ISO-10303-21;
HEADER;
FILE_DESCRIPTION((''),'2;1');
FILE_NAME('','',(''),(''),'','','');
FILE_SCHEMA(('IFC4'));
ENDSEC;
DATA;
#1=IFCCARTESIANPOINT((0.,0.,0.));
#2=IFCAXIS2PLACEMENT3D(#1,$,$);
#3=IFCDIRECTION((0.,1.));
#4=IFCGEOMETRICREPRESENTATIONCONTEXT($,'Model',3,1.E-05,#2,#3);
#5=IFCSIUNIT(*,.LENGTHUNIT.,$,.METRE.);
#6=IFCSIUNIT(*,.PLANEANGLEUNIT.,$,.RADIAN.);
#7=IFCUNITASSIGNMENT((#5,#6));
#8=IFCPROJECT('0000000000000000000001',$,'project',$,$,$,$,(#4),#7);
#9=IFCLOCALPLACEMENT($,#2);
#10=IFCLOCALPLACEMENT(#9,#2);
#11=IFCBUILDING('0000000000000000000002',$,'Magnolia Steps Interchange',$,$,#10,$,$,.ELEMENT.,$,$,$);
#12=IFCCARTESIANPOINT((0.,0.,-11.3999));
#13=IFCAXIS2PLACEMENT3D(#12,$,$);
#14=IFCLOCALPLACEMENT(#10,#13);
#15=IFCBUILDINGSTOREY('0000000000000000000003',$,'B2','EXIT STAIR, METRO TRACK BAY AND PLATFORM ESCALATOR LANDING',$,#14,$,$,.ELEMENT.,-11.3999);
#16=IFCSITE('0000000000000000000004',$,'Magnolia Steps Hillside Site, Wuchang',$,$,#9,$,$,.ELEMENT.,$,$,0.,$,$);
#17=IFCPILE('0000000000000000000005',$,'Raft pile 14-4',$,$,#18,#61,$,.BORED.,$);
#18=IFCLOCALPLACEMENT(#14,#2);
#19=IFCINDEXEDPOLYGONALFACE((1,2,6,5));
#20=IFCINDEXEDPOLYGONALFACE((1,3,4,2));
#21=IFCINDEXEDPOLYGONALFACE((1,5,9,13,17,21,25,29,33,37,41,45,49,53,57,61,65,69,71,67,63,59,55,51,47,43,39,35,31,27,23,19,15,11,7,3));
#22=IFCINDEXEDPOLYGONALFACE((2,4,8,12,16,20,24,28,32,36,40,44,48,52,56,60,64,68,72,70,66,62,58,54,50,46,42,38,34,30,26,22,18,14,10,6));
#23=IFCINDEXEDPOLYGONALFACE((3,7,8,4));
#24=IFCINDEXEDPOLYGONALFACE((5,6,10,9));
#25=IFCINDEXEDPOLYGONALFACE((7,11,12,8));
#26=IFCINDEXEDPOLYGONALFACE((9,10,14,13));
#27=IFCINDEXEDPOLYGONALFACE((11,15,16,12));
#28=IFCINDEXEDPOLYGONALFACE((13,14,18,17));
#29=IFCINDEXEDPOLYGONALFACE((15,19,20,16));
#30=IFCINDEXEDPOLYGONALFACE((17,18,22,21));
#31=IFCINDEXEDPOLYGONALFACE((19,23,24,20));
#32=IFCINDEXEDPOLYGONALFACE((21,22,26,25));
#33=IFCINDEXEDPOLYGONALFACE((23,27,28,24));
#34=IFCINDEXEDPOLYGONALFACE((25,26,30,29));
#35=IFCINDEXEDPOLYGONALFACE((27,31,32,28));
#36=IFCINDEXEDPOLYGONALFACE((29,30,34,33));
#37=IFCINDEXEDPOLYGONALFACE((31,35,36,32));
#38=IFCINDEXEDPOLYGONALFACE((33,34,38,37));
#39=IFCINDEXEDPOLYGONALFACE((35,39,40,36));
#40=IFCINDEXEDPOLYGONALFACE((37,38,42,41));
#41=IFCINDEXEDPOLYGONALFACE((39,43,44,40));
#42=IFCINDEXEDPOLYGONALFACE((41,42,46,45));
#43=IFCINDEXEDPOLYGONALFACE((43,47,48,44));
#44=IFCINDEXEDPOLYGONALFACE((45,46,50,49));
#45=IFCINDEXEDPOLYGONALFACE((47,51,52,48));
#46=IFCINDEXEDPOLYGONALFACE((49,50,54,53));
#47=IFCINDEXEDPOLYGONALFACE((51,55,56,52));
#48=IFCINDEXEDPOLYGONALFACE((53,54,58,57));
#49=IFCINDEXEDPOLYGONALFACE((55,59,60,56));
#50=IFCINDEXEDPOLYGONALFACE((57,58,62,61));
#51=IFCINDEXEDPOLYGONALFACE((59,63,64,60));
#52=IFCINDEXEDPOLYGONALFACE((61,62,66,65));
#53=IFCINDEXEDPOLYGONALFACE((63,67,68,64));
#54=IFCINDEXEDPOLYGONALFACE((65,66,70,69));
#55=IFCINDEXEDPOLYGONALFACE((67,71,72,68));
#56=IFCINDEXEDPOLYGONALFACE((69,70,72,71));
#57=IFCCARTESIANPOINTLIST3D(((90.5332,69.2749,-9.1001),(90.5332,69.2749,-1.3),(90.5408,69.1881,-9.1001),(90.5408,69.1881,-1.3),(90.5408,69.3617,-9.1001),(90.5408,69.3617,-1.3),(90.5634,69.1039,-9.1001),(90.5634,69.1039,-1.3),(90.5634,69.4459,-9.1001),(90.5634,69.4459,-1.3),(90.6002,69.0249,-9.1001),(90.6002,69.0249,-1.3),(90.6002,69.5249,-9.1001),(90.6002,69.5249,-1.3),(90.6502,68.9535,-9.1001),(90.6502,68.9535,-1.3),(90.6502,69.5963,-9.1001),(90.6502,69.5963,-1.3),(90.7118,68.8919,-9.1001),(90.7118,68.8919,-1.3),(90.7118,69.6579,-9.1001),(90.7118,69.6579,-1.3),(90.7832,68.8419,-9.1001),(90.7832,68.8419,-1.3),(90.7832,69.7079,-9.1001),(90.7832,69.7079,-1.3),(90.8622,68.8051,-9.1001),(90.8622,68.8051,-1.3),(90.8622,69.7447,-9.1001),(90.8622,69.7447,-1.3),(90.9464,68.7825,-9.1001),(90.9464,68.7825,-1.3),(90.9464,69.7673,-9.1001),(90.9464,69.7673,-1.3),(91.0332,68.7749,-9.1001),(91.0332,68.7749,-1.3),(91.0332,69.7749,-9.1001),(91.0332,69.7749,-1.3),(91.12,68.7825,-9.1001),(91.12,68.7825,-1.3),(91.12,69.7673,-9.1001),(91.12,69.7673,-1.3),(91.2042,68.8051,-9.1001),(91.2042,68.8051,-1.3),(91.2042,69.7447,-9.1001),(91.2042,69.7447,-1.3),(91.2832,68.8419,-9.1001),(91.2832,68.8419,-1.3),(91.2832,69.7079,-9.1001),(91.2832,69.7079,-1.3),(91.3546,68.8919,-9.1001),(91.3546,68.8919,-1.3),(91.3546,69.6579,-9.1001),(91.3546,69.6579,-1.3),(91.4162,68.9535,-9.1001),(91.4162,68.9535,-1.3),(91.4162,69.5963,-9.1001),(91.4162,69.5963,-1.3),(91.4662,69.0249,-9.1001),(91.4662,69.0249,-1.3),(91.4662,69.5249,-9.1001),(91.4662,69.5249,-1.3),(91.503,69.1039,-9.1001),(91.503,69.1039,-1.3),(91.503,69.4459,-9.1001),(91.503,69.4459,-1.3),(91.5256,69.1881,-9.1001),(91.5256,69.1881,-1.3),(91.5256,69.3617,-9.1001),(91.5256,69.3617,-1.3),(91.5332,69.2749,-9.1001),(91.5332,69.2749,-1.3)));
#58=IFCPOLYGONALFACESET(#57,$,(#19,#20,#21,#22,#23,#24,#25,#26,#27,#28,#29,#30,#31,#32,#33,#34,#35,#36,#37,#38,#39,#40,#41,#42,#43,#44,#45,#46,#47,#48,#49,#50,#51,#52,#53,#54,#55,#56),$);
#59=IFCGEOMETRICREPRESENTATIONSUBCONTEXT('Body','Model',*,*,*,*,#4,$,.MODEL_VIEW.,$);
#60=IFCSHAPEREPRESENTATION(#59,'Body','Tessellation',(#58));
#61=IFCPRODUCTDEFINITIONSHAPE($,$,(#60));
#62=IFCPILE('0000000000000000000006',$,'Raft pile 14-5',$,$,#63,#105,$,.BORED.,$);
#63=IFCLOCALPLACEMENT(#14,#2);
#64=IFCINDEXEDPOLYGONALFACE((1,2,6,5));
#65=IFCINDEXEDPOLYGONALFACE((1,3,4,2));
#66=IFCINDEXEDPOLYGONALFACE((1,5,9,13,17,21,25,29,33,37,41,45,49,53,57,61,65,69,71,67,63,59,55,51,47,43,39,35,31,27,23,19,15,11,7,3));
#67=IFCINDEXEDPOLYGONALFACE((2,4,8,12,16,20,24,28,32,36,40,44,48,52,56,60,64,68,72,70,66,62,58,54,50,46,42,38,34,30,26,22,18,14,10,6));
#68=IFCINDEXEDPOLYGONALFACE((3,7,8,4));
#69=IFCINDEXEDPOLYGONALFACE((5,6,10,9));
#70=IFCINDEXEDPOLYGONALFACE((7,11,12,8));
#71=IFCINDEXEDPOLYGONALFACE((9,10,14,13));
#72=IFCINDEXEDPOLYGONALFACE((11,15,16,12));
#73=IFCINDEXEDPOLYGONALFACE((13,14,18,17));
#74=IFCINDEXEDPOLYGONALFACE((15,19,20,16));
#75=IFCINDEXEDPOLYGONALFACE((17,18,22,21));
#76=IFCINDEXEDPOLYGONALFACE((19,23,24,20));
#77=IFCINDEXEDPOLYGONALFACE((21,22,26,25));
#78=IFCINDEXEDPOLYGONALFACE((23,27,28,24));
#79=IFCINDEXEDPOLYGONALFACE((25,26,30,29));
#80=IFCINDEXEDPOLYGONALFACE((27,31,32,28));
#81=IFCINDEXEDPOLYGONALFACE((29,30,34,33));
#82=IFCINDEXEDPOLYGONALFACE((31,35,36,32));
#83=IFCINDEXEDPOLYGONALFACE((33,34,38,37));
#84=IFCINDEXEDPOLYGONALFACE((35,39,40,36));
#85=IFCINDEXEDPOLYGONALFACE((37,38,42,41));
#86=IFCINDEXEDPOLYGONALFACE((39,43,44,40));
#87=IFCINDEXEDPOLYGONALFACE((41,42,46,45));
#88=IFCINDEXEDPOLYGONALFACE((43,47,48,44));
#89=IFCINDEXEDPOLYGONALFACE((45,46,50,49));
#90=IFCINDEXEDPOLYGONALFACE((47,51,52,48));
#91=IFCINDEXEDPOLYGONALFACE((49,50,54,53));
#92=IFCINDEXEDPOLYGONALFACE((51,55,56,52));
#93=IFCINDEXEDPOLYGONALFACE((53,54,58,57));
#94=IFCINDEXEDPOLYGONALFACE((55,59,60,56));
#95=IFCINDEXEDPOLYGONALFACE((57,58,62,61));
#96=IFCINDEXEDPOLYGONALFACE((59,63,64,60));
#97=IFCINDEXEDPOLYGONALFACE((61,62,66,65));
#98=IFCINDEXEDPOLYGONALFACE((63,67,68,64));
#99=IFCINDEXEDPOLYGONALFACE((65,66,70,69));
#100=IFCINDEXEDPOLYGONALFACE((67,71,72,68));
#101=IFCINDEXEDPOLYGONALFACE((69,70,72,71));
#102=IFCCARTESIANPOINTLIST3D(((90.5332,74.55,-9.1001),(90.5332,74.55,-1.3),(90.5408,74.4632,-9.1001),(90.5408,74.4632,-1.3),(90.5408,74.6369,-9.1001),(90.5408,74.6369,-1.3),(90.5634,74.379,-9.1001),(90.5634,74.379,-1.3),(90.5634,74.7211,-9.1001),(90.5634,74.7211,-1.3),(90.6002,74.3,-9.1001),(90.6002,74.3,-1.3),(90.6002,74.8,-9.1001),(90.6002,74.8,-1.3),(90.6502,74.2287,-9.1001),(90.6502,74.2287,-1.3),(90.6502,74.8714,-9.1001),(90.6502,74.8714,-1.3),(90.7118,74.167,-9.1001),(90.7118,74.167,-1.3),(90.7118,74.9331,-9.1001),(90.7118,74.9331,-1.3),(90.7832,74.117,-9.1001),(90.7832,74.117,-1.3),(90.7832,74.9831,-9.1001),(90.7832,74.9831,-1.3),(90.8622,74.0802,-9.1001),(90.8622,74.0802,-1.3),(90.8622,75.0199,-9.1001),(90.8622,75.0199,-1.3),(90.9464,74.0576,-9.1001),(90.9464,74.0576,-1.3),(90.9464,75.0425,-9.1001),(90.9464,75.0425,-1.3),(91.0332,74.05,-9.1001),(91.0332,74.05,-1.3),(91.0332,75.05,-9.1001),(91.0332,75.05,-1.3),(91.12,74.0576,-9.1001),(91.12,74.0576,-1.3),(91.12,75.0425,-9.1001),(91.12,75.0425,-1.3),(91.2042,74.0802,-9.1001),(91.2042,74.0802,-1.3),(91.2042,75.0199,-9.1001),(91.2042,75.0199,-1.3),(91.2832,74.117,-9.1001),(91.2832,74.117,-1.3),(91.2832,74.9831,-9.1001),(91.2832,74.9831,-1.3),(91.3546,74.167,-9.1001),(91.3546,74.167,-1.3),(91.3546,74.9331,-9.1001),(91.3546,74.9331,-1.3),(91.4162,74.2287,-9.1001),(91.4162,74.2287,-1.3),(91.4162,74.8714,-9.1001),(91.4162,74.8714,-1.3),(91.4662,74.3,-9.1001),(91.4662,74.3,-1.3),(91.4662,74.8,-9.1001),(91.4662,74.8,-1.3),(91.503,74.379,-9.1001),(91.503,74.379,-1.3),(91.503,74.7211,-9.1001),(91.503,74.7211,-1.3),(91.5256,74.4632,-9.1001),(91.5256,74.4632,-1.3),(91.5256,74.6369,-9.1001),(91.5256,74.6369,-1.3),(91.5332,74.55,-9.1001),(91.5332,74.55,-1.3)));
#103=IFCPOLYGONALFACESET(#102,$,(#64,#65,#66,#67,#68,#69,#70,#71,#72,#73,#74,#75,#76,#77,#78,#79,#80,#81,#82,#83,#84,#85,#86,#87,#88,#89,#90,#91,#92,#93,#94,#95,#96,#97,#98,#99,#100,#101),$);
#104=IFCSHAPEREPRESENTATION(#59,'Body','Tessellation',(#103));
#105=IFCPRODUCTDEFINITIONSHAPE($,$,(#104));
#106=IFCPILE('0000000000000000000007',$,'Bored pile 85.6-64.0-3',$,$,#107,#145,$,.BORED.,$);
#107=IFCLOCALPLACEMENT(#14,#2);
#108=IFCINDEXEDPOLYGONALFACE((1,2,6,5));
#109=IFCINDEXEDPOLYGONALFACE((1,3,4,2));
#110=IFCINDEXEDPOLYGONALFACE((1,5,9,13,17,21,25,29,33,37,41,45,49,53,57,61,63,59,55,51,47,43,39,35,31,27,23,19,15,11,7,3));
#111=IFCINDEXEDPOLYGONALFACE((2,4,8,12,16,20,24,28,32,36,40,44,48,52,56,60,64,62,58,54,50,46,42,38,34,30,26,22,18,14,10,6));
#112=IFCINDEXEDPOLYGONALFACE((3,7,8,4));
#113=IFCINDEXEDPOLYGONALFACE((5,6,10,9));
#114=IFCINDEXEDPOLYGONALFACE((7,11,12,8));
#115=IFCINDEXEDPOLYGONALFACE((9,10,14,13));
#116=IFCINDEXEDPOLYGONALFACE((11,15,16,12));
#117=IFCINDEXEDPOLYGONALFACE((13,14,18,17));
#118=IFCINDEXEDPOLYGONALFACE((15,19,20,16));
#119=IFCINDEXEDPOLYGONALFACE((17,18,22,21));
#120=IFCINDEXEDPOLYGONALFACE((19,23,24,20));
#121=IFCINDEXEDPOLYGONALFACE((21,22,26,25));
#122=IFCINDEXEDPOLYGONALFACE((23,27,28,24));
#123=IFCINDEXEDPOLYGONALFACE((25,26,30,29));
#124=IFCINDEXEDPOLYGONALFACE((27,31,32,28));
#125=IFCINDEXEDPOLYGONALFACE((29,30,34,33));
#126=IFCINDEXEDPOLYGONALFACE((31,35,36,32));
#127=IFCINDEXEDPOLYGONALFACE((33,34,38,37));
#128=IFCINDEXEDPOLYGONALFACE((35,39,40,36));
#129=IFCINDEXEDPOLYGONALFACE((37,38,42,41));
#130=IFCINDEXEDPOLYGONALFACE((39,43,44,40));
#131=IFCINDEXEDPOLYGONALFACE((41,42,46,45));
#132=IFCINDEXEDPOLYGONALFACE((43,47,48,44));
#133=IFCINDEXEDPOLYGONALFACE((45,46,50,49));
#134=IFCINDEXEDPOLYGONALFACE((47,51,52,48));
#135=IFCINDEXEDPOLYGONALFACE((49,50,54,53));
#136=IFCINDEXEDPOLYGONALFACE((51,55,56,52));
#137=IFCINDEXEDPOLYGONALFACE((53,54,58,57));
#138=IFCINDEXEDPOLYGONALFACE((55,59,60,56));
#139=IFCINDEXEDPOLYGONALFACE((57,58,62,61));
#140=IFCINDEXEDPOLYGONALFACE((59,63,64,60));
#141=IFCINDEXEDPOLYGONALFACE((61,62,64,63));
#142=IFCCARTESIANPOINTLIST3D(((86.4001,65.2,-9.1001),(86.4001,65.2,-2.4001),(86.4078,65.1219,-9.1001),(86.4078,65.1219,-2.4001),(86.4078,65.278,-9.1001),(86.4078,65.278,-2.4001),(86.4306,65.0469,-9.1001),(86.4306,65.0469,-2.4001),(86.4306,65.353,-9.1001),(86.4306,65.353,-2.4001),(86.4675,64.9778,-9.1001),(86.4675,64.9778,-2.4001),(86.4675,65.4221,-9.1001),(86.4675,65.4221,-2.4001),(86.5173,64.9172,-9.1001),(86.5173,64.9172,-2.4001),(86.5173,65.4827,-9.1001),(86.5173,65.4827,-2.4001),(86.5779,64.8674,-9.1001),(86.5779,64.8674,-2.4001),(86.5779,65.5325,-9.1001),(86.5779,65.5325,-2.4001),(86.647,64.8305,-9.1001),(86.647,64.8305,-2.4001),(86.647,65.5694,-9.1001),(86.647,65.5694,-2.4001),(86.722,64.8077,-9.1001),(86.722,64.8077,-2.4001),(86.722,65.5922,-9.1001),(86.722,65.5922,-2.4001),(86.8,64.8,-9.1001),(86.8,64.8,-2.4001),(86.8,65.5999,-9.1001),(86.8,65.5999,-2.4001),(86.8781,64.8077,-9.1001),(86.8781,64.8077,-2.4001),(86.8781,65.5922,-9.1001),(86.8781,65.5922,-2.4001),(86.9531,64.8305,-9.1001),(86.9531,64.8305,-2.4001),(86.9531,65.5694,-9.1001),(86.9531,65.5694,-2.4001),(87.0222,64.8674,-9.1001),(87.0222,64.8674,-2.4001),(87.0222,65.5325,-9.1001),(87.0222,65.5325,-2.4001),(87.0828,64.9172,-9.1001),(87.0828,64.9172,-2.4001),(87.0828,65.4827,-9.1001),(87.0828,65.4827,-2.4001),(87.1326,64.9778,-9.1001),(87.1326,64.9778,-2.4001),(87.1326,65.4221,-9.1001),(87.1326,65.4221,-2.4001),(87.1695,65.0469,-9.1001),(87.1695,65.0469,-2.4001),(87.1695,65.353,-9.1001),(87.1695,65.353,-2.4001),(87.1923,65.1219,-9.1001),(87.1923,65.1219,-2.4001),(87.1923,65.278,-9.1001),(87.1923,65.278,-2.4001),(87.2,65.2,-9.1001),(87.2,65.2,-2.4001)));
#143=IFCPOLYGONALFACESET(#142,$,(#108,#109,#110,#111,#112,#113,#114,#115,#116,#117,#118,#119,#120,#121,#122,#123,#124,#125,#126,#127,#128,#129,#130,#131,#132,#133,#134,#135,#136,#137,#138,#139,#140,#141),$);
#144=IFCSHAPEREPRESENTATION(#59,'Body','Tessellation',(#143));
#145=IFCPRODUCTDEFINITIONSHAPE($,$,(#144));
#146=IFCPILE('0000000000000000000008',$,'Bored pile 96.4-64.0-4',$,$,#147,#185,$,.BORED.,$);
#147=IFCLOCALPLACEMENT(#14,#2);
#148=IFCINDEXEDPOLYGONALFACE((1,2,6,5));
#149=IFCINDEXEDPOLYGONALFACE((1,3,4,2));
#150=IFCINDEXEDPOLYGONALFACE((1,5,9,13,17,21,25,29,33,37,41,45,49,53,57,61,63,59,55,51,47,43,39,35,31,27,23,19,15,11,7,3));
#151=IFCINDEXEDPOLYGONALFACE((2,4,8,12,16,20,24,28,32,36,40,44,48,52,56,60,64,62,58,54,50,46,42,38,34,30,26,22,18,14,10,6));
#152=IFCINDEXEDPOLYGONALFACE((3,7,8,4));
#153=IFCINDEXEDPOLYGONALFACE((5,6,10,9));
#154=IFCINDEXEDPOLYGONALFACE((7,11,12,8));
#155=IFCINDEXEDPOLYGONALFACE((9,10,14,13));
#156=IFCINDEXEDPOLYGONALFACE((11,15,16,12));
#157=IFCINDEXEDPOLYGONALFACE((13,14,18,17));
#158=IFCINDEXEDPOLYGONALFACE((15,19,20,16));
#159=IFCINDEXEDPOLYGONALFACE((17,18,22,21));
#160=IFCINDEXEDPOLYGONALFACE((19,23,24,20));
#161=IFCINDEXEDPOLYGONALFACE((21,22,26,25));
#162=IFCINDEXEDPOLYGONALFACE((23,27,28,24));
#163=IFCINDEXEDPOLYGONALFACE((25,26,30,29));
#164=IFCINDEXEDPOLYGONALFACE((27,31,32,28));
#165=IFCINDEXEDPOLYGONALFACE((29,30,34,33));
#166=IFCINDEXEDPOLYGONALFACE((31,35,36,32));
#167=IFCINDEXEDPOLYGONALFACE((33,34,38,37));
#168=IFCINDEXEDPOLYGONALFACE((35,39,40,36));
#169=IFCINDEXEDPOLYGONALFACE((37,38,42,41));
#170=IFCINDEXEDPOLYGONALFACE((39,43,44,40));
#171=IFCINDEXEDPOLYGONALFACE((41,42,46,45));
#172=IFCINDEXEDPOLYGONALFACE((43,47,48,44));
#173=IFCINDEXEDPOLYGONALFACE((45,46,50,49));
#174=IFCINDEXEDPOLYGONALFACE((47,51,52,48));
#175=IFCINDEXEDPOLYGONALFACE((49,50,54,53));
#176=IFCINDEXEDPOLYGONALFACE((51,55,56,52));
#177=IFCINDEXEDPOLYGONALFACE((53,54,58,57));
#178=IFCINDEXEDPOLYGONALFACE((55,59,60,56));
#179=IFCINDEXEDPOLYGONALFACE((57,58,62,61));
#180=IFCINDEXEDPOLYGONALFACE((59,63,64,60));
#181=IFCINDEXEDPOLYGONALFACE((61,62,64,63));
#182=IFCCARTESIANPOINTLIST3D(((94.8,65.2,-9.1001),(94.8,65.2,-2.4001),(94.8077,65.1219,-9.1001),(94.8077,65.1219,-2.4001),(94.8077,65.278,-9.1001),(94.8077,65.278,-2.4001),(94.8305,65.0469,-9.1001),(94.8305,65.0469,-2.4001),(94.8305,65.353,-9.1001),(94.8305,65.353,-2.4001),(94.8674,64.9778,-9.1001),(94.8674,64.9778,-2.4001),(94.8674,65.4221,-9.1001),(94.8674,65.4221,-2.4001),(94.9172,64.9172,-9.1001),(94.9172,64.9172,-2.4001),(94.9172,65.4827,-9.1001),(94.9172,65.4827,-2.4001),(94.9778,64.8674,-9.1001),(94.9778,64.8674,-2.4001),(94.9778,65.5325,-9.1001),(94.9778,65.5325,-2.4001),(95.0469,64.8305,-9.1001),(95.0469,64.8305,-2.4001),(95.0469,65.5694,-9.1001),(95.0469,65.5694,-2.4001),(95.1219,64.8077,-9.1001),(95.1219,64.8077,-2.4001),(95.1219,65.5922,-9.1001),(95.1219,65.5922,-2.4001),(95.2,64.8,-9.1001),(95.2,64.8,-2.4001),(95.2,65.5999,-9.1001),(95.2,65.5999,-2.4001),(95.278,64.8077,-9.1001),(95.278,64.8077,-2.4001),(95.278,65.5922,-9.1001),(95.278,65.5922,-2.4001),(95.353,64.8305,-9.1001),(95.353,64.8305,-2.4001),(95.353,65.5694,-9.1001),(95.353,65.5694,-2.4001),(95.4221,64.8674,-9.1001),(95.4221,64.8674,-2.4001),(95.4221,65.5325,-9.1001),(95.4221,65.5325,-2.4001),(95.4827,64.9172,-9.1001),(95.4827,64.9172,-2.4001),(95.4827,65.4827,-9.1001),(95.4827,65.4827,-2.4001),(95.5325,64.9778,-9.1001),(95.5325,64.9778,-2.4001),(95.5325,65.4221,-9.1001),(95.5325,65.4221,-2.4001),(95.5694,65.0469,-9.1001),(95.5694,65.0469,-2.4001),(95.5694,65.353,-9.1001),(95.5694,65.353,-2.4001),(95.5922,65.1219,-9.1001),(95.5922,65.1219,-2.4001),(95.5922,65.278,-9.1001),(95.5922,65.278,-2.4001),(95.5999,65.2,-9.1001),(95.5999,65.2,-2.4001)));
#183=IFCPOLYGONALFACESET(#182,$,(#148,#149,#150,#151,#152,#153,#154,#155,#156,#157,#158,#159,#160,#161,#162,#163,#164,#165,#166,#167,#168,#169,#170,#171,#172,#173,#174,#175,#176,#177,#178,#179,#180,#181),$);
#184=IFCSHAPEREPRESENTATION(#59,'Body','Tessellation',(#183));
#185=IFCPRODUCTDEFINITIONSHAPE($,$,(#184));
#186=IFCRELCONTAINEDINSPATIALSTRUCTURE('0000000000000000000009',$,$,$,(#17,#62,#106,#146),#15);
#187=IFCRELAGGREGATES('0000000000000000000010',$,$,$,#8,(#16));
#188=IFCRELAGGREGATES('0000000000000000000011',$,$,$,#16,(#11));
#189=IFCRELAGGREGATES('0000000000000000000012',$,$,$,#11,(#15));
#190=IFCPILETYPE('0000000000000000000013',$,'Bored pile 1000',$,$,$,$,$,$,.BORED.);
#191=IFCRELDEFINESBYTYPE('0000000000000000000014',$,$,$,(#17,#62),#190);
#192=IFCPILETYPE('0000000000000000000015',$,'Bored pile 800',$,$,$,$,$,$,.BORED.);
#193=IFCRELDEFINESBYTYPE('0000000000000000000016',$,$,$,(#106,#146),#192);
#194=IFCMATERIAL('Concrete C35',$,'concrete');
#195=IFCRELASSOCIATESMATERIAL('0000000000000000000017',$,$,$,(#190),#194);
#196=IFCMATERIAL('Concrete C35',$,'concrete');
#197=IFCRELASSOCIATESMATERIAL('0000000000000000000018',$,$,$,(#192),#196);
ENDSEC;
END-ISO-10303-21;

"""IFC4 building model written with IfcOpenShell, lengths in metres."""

from ifc_helpers import new_model, si_unit, direction, frame, origin, origin_2d, place, context, subcontext, project, spatial, circle, extrude, material, material_profile, profile_set, type_object, element, save


model = new_model("IFC4")

# Units and contexts
model_context = context("Model", 3, precision=1e-05, world=origin(), true_north=direction((0.0, 1.0)))
body_context = subcontext(model_context, "Body", "Model", "MODEL_VIEW")
ifc_project = project(units=[si_unit("LENGTHUNIT", "METRE"), si_unit("PLANEANGLEUNIT", "RADIAN")], contexts=[model_context])

# Site, building, storey
site_placement = place(None, origin())
site = spatial("IfcSite", under=ifc_project, at=site_placement, Name="Magnolia Steps Hillside Site, Wuchang", CompositionType="ELEMENT", RefElevation=0.0)
building_placement = place(site_placement, origin())
building = spatial("IfcBuilding", under=site, at=building_placement, Name="Magnolia Steps Interchange", CompositionType="ELEMENT")
storey_placement = place(building_placement, frame((0.0, 0.0, -11.3999)))
storey = spatial("IfcBuildingStorey", under=building, at=storey_placement, Name="B2", Description="EXIT STAIR, METRO TRACK BAY AND PLATFORM ESCALATOR LANDING", CompositionType="ELEMENT", Elevation=-11.3999)

# Piles
ifc_material_1 = material(Name="Concrete C35", Category="concrete")
ifc_material_profile_1 = material_profile(ifc_material_1, circle(Radius=0.5, at=origin_2d()), Name="Bored pile 1000")
ifc_profile_set_1 = profile_set([ifc_material_profile_1], Name="Concrete C35")
pile_type_1 = type_object("IfcPileType", Name="Bored pile 1000", PredefinedType="BORED", material=ifc_profile_set_1)
for number, where, z_axis, x_axis, name in (
    (1, (91.0332, 69.2749, -1.3), (0.0, 0.0, -1.0), (1.0, 0.0, 0.0), "Raft pile 14-4"),
    (2, (91.0332, 74.55, -1.3), (0.0, 0.0, -1.0), (1.0, 0.0, 0.0), "Raft pile 14-5"),
):
    element("IfcPile", number, at=place(storey_placement, frame(where, z_axis=z_axis, x_axis=x_axis)), inside=storey, type_object=pile_type_1, Name=name, PredefinedType="BORED", context=body_context, shape_type="SweptSolid", body=[
        extrude(circle(Radius=0.5, at=origin_2d()), origin(), (0.0, 0.0, 1.0), 7.8),
    ])
ifc_material_2 = material(Name="Concrete C35", Category="concrete")
ifc_material_profile_2 = material_profile(ifc_material_2, circle(Radius=0.3999, at=origin_2d()), Name="Bored pile 800")
ifc_profile_set_2 = profile_set([ifc_material_profile_2], Name="Concrete C35")
pile_type_2 = type_object("IfcPileType", Name="Bored pile 800", PredefinedType="BORED", material=ifc_profile_set_2)
for number, where, z_axis, x_axis, name in (
    (3, (86.8, 65.2, -2.4001), (0.0, 0.0, -1.0), (1.0, 0.0, 0.0), "Bored pile 85.6-64.0-3"),
    (4, (95.2, 65.2, -2.4001), (0.0, 0.0, -1.0), (1.0, 0.0, 0.0), "Bored pile 96.4-64.0-4"),
):
    element("IfcPile", number, at=place(storey_placement, frame(where, z_axis=z_axis, x_axis=x_axis)), inside=storey, type_object=pile_type_2, Name=name, PredefinedType="BORED", context=body_context, shape_type="SweptSolid", body=[
        extrude(circle(Radius=0.3999, at=origin_2d()), origin(), (0.0, 0.0, 1.0), 6.7),
    ])

save(model, "model.ifc")
